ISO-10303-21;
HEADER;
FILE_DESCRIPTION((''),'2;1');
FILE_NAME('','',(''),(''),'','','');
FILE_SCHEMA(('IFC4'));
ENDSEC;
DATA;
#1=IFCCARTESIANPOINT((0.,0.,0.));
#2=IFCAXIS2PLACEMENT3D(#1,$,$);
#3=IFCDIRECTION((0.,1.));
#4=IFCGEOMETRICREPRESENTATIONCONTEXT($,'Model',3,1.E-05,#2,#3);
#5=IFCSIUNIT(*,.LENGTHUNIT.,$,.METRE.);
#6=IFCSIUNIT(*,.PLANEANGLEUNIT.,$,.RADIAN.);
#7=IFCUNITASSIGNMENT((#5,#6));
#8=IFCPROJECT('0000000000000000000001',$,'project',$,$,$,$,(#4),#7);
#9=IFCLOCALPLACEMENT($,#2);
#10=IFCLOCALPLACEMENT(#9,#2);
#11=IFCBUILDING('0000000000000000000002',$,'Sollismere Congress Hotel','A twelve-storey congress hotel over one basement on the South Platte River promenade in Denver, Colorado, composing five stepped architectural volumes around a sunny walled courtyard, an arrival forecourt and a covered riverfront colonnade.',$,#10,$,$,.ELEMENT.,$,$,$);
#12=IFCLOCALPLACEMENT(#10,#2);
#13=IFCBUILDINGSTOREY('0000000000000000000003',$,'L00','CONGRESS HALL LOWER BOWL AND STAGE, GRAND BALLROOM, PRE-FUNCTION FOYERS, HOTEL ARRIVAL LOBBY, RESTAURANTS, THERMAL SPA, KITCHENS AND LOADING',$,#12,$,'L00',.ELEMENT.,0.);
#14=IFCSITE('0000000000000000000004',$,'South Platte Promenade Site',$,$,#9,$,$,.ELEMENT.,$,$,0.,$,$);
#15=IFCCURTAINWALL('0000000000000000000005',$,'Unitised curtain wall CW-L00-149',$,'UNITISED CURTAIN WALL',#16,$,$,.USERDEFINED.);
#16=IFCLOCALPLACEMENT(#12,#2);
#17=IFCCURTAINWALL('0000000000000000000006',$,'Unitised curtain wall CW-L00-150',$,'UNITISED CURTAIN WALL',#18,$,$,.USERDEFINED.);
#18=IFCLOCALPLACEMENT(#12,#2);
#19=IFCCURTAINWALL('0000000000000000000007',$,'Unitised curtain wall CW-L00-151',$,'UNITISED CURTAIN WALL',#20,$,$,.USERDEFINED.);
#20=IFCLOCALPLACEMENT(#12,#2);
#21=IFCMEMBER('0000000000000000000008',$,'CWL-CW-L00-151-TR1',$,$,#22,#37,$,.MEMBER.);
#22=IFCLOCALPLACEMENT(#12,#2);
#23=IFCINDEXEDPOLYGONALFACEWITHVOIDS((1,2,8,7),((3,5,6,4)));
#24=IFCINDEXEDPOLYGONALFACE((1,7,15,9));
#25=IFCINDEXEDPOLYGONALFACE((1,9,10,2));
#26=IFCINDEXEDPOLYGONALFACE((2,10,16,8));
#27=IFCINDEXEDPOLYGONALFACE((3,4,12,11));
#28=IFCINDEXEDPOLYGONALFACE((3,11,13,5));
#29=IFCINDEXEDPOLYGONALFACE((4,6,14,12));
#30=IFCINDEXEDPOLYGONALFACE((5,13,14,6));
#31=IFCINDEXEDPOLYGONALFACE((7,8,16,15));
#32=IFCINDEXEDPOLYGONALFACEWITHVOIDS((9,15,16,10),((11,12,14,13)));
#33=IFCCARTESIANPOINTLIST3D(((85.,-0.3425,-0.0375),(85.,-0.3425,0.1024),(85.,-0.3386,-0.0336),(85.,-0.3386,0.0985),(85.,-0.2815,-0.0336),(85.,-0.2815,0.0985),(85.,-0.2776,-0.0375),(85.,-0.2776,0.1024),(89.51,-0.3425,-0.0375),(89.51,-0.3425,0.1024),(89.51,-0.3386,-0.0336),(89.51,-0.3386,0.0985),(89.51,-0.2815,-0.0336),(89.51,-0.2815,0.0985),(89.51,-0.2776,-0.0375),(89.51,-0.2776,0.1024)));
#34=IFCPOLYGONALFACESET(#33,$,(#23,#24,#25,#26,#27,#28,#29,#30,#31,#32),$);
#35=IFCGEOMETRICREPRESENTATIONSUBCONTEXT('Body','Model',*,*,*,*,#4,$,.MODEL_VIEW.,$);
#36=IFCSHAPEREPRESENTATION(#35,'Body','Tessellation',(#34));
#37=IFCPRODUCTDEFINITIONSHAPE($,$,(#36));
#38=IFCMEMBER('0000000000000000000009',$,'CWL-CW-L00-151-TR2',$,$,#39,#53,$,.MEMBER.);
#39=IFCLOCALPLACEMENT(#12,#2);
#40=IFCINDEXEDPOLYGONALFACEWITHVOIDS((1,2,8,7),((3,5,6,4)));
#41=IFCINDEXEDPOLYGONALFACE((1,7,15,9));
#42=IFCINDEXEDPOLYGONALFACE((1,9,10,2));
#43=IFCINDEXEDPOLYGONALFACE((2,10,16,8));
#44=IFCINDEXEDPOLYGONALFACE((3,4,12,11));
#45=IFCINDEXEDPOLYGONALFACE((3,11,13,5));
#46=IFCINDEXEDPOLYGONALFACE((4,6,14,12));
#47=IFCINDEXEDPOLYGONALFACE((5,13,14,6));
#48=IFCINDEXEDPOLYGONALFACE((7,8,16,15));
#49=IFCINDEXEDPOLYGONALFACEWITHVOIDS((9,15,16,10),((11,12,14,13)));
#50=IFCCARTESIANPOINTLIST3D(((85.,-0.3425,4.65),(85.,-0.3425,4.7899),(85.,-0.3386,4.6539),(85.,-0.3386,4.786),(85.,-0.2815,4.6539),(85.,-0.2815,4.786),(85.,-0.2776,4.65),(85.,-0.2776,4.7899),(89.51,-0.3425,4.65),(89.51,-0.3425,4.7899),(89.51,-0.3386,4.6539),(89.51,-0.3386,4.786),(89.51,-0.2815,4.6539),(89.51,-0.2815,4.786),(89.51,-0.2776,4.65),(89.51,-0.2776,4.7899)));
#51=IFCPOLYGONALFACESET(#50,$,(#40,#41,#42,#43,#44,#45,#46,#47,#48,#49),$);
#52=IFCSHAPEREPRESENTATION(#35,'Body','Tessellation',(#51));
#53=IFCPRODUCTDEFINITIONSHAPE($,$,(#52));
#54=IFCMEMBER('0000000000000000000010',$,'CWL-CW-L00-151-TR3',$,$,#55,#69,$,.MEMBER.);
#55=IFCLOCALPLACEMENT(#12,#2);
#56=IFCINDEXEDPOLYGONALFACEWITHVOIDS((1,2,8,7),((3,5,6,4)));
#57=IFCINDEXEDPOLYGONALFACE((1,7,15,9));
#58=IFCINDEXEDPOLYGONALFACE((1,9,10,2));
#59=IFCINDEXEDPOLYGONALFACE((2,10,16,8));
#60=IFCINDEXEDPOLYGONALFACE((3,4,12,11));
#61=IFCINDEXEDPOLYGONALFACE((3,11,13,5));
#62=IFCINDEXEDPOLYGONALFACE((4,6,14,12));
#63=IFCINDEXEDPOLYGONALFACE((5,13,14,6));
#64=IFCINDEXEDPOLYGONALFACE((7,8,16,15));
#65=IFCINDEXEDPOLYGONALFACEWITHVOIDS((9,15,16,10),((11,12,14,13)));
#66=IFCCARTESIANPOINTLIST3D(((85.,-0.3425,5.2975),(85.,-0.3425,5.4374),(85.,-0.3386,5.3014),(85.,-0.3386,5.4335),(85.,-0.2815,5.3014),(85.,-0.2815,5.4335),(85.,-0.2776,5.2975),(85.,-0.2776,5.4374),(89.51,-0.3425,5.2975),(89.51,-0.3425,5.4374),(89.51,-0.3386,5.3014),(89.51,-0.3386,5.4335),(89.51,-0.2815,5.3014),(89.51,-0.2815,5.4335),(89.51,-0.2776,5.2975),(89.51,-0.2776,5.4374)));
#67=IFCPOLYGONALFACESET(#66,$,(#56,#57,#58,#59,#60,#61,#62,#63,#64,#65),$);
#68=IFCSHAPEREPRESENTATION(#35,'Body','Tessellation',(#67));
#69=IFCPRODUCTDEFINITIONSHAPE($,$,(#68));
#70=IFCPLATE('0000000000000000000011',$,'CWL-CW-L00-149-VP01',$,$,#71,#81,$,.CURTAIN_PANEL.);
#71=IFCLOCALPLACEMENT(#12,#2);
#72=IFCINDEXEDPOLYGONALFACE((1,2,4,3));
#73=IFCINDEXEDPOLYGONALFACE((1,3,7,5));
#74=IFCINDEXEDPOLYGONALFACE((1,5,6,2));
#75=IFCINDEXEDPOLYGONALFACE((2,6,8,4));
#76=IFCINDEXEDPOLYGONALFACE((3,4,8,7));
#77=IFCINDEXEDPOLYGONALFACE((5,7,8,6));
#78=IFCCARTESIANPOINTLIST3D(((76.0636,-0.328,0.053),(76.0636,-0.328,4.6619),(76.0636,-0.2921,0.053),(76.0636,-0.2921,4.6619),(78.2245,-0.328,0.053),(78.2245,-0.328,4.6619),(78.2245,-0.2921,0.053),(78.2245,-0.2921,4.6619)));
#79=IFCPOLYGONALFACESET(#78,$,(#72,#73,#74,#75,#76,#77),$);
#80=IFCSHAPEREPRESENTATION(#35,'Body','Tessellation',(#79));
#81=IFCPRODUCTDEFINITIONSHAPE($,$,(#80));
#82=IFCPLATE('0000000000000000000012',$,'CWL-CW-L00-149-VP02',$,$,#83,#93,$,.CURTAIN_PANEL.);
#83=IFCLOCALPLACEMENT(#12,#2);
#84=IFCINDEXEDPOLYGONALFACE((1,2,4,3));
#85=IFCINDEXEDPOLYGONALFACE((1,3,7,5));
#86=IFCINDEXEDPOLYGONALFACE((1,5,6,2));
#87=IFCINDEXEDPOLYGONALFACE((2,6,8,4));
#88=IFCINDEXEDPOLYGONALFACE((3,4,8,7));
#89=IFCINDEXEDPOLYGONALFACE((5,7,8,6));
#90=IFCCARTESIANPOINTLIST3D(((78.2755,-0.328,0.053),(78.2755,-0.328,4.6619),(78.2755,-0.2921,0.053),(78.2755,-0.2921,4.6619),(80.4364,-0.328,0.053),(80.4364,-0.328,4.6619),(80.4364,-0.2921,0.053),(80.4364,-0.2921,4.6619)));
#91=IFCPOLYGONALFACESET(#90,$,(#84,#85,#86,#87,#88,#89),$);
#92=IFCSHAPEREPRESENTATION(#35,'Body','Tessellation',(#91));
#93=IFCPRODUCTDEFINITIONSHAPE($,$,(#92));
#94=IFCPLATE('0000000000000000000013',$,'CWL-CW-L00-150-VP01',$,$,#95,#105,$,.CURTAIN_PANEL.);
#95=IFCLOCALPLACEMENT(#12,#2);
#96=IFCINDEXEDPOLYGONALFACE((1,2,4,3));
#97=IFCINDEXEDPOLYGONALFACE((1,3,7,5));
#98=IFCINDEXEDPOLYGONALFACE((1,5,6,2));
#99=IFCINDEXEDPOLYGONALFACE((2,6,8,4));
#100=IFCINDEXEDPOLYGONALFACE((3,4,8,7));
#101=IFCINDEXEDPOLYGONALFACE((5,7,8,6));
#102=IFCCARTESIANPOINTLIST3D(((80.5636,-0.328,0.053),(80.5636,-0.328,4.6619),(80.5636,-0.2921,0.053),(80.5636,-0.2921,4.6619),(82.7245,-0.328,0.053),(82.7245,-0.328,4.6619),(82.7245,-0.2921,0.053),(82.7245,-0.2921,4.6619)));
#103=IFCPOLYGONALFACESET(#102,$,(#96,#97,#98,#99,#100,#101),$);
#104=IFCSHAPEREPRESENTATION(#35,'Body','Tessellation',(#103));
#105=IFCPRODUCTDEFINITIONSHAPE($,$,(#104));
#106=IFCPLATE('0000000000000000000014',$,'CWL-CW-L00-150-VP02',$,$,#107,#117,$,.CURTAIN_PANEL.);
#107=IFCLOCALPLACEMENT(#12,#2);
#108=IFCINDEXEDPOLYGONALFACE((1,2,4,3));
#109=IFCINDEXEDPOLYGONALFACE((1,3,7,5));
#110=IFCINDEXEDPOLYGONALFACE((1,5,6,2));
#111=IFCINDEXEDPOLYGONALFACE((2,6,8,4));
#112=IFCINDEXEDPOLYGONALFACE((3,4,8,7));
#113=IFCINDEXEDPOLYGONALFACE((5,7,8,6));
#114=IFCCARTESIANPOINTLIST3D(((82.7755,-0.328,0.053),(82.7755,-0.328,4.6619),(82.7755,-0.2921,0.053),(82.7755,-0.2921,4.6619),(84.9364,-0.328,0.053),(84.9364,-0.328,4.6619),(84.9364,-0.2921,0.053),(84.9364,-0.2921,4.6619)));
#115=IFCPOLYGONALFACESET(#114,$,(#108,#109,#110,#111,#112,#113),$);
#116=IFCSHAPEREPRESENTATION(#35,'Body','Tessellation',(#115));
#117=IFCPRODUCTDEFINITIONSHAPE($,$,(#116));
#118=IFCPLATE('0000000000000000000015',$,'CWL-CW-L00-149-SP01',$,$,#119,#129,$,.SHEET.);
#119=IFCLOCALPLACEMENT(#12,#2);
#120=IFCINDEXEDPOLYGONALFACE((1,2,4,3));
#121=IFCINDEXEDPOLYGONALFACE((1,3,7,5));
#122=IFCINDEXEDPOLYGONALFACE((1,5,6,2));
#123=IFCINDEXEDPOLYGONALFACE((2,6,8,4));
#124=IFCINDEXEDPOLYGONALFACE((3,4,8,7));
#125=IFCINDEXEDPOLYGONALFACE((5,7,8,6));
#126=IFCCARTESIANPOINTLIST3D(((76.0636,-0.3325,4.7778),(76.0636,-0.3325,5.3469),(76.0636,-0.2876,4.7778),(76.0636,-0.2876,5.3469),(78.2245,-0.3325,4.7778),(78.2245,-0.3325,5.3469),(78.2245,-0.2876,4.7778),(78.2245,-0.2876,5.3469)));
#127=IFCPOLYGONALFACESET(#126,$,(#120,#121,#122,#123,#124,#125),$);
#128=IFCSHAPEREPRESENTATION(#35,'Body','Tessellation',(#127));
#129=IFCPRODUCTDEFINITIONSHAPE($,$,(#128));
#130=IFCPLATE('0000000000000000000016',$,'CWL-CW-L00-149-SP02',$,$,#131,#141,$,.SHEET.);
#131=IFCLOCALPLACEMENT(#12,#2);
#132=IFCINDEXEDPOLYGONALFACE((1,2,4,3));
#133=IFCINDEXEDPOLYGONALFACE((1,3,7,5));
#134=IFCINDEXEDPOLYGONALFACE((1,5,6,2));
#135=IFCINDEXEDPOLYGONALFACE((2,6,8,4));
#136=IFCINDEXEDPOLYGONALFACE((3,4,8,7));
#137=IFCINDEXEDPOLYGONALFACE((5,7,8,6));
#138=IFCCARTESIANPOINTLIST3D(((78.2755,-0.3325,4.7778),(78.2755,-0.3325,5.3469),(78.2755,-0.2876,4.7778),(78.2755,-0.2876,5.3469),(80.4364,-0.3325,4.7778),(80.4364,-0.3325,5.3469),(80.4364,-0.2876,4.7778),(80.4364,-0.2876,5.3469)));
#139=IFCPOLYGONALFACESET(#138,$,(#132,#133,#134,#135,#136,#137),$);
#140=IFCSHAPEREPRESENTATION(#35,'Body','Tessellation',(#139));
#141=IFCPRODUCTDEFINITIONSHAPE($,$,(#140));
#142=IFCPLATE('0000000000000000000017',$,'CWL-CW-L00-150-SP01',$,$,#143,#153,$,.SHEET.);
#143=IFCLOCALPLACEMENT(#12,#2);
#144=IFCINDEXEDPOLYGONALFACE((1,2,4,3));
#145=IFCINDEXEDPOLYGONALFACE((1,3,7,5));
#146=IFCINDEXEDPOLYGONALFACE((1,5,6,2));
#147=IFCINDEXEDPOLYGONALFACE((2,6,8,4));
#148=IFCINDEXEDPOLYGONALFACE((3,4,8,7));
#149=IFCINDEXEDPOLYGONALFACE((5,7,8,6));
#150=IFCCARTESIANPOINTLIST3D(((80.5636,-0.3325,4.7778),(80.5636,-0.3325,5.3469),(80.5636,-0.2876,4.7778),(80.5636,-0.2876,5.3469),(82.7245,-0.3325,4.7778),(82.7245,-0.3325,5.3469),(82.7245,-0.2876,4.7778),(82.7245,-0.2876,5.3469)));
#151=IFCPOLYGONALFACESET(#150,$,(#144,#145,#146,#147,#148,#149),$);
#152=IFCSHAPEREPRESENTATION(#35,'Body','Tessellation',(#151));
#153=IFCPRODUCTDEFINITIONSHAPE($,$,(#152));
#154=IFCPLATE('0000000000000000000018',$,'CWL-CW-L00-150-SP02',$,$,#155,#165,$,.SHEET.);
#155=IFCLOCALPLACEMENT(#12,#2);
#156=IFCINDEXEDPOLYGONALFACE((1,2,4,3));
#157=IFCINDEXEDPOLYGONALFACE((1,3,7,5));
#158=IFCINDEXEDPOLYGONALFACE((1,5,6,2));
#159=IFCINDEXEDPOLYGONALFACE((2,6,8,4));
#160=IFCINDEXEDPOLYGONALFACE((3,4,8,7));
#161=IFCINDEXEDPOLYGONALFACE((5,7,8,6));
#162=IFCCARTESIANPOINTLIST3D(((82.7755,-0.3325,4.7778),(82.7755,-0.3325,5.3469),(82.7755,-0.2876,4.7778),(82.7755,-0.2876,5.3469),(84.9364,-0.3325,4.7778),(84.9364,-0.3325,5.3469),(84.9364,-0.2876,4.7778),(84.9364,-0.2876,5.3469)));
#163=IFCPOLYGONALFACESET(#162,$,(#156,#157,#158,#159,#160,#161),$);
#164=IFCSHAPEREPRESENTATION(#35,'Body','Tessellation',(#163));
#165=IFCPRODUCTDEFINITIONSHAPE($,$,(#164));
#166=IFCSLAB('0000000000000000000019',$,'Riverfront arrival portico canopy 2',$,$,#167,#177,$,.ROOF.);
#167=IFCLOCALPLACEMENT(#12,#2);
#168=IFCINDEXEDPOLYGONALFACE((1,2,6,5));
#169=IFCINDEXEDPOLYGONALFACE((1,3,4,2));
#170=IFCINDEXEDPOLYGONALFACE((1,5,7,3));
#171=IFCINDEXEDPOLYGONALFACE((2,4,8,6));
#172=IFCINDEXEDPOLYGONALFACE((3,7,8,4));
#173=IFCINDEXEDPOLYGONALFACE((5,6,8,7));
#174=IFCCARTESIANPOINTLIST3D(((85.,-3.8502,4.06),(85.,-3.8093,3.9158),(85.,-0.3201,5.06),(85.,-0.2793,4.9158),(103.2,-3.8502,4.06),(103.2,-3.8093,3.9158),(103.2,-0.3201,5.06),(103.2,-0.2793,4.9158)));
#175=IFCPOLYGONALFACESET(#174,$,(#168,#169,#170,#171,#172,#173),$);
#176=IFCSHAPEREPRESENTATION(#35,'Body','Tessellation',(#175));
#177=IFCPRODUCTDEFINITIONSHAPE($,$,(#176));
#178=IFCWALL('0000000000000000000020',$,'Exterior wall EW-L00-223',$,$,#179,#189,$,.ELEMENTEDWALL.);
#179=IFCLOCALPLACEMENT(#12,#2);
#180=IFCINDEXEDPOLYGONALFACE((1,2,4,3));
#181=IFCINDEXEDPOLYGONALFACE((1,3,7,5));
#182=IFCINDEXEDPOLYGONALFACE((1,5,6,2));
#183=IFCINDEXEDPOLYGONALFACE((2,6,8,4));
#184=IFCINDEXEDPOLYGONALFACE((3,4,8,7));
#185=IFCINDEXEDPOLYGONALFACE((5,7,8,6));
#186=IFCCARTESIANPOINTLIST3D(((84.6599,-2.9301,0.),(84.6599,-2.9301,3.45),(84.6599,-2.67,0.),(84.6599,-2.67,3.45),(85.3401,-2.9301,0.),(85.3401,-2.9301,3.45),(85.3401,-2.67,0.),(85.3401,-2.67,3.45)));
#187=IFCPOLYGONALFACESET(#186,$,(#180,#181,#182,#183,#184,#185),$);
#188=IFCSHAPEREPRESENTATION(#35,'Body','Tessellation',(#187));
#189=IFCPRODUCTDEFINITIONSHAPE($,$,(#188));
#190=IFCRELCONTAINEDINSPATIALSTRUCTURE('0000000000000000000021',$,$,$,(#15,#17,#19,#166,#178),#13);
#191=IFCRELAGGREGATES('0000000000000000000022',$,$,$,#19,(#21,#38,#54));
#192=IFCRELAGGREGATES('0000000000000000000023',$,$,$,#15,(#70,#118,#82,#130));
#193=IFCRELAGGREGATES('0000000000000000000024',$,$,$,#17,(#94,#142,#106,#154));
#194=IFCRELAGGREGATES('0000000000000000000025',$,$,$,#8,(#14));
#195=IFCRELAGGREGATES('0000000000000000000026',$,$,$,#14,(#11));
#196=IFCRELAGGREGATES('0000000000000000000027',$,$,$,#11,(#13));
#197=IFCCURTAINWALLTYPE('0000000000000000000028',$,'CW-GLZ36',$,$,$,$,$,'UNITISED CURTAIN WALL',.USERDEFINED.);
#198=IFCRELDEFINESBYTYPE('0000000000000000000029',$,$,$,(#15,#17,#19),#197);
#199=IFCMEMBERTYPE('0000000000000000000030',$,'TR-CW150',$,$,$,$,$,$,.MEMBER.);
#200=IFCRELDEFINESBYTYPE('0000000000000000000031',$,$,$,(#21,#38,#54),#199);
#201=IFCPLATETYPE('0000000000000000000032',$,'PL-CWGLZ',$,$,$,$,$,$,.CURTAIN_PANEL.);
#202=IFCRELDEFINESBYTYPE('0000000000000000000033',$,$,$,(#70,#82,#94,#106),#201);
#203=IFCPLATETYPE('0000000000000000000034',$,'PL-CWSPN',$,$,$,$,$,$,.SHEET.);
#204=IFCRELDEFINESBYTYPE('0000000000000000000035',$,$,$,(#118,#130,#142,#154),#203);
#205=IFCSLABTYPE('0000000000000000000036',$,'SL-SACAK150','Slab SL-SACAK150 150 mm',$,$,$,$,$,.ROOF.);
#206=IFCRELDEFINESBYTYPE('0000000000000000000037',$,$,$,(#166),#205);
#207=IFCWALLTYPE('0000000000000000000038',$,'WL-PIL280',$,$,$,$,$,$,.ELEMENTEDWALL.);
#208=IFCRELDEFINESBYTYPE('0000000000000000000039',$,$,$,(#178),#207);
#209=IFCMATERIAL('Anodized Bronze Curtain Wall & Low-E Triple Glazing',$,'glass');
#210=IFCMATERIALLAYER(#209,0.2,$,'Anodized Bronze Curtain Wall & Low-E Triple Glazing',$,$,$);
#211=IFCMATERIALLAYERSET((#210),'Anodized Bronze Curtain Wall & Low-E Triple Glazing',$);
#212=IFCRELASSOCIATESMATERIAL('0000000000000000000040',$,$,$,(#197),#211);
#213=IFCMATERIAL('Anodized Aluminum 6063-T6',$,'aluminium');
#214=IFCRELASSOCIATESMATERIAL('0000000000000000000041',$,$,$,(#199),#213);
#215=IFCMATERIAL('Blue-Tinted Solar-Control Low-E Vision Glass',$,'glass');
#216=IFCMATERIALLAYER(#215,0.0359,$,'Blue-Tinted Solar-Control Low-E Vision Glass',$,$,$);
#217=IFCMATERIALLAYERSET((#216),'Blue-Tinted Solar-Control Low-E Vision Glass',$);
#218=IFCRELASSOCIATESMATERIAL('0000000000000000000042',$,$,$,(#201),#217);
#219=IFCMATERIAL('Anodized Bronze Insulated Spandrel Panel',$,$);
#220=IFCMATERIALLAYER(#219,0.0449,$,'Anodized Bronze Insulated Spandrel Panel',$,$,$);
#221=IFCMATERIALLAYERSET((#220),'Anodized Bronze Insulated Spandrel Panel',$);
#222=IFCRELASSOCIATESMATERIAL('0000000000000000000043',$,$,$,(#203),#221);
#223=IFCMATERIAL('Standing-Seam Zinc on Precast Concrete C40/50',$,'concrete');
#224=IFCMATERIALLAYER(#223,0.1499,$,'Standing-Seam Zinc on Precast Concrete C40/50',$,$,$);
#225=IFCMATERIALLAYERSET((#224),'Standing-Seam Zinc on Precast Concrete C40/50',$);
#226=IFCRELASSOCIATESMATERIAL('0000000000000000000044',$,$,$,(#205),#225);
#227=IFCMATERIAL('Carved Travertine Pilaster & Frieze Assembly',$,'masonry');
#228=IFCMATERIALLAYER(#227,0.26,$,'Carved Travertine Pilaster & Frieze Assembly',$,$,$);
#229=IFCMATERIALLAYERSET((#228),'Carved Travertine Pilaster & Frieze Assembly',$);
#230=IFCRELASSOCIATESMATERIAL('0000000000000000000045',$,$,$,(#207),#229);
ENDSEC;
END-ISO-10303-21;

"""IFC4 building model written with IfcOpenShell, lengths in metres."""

from ifc_helpers import new_model, si_unit, direction, frame, frame_2d, origin, origin_2d, place, context, subcontext, project, spatial, polyline, rectangle, hollow_rectangle, outline, extrude, material, layer, layer_set, material_profile, profile_set, type_object, element, aggregate, save


model = new_model("IFC4")

# Units and contexts
model_context = context("Model", 3, precision=1e-05, world=origin(), true_north=direction((0.0, 1.0)))
body_context = subcontext(model_context, "Body", "Model", "MODEL_VIEW")
ifc_project = project(units=[si_unit("LENGTHUNIT", "METRE"), si_unit("PLANEANGLEUNIT", "RADIAN")], contexts=[model_context])

# Site, building, storey
site_placement = place(None, origin())
site = spatial("IfcSite", under=ifc_project, at=site_placement, Name="South Platte Promenade Site", CompositionType="ELEMENT", RefElevation=0.0)
building_placement = place(site_placement, origin())
building = spatial("IfcBuilding", under=site, at=building_placement, Name="Sollismere Congress Hotel", Description="A twelve-storey congress hotel over one basement on the South Platte River promenade in Denver, Colorado, composing five stepped architectural volumes around a sunny walled courtyard, an arrival forecourt and a covered riverfront colonnade.", CompositionType="ELEMENT")
storey_placement = place(building_placement, origin())
storey = spatial("IfcBuildingStorey", under=building, at=storey_placement, Name="L00", Description="CONGRESS HALL LOWER BOWL AND STAGE, GRAND BALLROOM, PRE-FUNCTION FOYERS, HOTEL ARRIVAL LOBBY, RESTAURANTS, THERMAL SPA, KITCHENS AND LOADING", LongName="L00", CompositionType="ELEMENT", Elevation=0.0)

# Curtain walls, members
ifc_material_1 = material(Name="Anodized Bronze Curtain Wall & Low-E Triple Glazing", Category="glass")
ifc_layer_1 = layer(ifc_material_1, 0.2, Name="Anodized Bronze Curtain Wall & Low-E Triple Glazing")
ifc_layer_set_1 = layer_set([ifc_layer_1], Name="Anodized Bronze Curtain Wall & Low-E Triple Glazing")
curtain_wall_type = type_object("IfcCurtainWallType", Name="CW-GLZ36", ElementType="UNITISED CURTAIN WALL", PredefinedType="USERDEFINED", material=ifc_layer_set_1)
curtain_wall_1_placement = place(storey_placement, origin())
curtain_wall_1 = element("IfcCurtainWall", 1, at=curtain_wall_1_placement, inside=storey, type_object=curtain_wall_type, Name="Unitised curtain wall CW-L00-149", ObjectType="UNITISED CURTAIN WALL", PredefinedType="USERDEFINED")
ifc_material_2 = material(Name="Anodized Aluminum 6063-T6", Category="aluminium")
curtain_wall_2_placement = place(storey_placement, origin())
curtain_wall_2 = element("IfcCurtainWall", 2, at=curtain_wall_2_placement, inside=storey, type_object=curtain_wall_type, Name="Unitised curtain wall CW-L00-150", ObjectType="UNITISED CURTAIN WALL", PredefinedType="USERDEFINED")
ifc_material_profile_1 = material_profile(ifc_material_2, hollow_rectangle(XDim=0.0649, YDim=0.1399, WallThickness=0.0039, at=origin_2d()), Name="ALU140X65X4")
ifc_profile_set_1 = profile_set([ifc_material_profile_1], Name="Anodized Aluminum 6063-T6")
member_type_1 = type_object("IfcMemberType", Name="TR-CW150", PredefinedType="MEMBER", material=ifc_profile_set_1)
curtain_wall_3_placement = place(storey_placement, origin())
curtain_wall_3 = element("IfcCurtainWall", 3, at=curtain_wall_3_placement, inside=storey, type_object=curtain_wall_type, Name="Unitised curtain wall CW-L00-151", ObjectType="UNITISED CURTAIN WALL", PredefinedType="USERDEFINED")
member_1_placement = place(storey_placement, frame((85.0, -0.3101, 0.0325), z_axis=(1.0, 0.0, 0.0), x_axis=(0.0, 1.0, 0.0)))
member_1 = element("IfcMember", 4, at=member_1_placement, type_object=member_type_1, Name="CWL-CW-L00-151-TR1", PredefinedType="MEMBER", context=body_context, shape_type="SweptSolid", body=[
    extrude(hollow_rectangle(XDim=0.0649, YDim=0.1399, WallThickness=0.0039, at=origin_2d()), origin(), (0.0, 0.0, 1.0), 4.51),
])
member_2_placement = place(storey_placement, frame((85.0, -0.3101, 4.72), z_axis=(1.0, 0.0, 0.0), x_axis=(0.0, 1.0, 0.0)))
member_2 = element("IfcMember", 5, at=member_2_placement, type_object=member_type_1, Name="CWL-CW-L00-151-TR2", PredefinedType="MEMBER", context=body_context, shape_type="SweptSolid", body=[
    extrude(hollow_rectangle(XDim=0.0649, YDim=0.1399, WallThickness=0.0039, at=origin_2d()), origin(), (0.0, 0.0, 1.0), 4.51),
])
member_3_placement = place(storey_placement, frame((85.0, -0.3101, 5.3674), z_axis=(1.0, 0.0, 0.0), x_axis=(0.0, 1.0, 0.0)))
member_3 = element("IfcMember", 6, at=member_3_placement, type_object=member_type_1, Name="CWL-CW-L00-151-TR3", PredefinedType="MEMBER", context=body_context, shape_type="SweptSolid", body=[
    extrude(hollow_rectangle(XDim=0.0649, YDim=0.1399, WallThickness=0.0039, at=origin_2d()), origin(), (0.0, 0.0, 1.0), 4.51),
])
aggregate(curtain_wall_3, [member_1, member_2, member_3])

# Plates
ifc_material_3 = material(Name="Blue-Tinted Solar-Control Low-E Vision Glass", Category="glass")
ifc_layer_2 = layer(ifc_material_3, 0.0359, Name="Blue-Tinted Solar-Control Low-E Vision Glass")
ifc_layer_set_2 = layer_set([ifc_layer_2], Name="Blue-Tinted Solar-Control Low-E Vision Glass")
plate_type_1 = type_object("IfcPlateType", Name="PL-CWGLZ", PredefinedType="CURTAIN_PANEL", material=ifc_layer_set_2)
plate_1_placement = place(storey_placement, frame((77.144, -0.3101, 0.053), z_axis=(0.0, 0.0, 1.0), x_axis=(1.0, 0.0, 0.0)))
plate_1 = element("IfcPlate", 7, at=plate_1_placement, type_object=plate_type_1, Name="CWL-CW-L00-149-VP01", PredefinedType="CURTAIN_PANEL", context=body_context, shape_type="SweptSolid", body=[
    extrude(rectangle(XDim=2.1609, YDim=0.0359, at=origin_2d()), origin(), (0.0, 0.0, 1.0), 4.6089),
])
plate_2_placement = place(storey_placement, frame((79.356, -0.3101, 0.053), z_axis=(0.0, 0.0, 1.0), x_axis=(1.0, 0.0, 0.0)))
plate_2 = element("IfcPlate", 8, at=plate_2_placement, type_object=plate_type_1, Name="CWL-CW-L00-149-VP02", PredefinedType="CURTAIN_PANEL", context=body_context, shape_type="SweptSolid", body=[
    extrude(rectangle(XDim=2.1609, YDim=0.0359, at=origin_2d()), origin(), (0.0, 0.0, 1.0), 4.6089),
])
plate_3_placement = place(storey_placement, frame((81.644, -0.3101, 0.053), z_axis=(0.0, 0.0, 1.0), x_axis=(1.0, 0.0, 0.0)))
plate_3 = element("IfcPlate", 9, at=plate_3_placement, type_object=plate_type_1, Name="CWL-CW-L00-150-VP01", PredefinedType="CURTAIN_PANEL", context=body_context, shape_type="SweptSolid", body=[
    extrude(rectangle(XDim=2.1609, YDim=0.0359, at=origin_2d()), origin(), (0.0, 0.0, 1.0), 4.6089),
])
plate_4_placement = place(storey_placement, frame((83.856, -0.3101, 0.053), z_axis=(0.0, 0.0, 1.0), x_axis=(1.0, 0.0, 0.0)))
plate_4 = element("IfcPlate", 10, at=plate_4_placement, type_object=plate_type_1, Name="CWL-CW-L00-150-VP02", PredefinedType="CURTAIN_PANEL", context=body_context, shape_type="SweptSolid", body=[
    extrude(rectangle(XDim=2.1609, YDim=0.0359, at=origin_2d()), origin(), (0.0, 0.0, 1.0), 4.6089),
])
ifc_material_4 = material(Name="Anodized Bronze Insulated Spandrel Panel")
ifc_layer_3 = layer(ifc_material_4, 0.0449, Name="Anodized Bronze Insulated Spandrel Panel")
ifc_layer_set_3 = layer_set([ifc_layer_3], Name="Anodized Bronze Insulated Spandrel Panel")
plate_type_2 = type_object("IfcPlateType", Name="PL-CWSPN", PredefinedType="SHEET", material=ifc_layer_set_3)
plate_5_placement = place(storey_placement, frame((77.144, -0.3101, 4.7778), z_axis=(0.0, 0.0, 1.0), x_axis=(1.0, 0.0, 0.0)))
plate_5 = element("IfcPlate", 11, at=plate_5_placement, type_object=plate_type_2, Name="CWL-CW-L00-149-SP01", PredefinedType="SHEET", context=body_context, shape_type="SweptSolid", body=[
    extrude(rectangle(XDim=2.1609, YDim=0.0449, at=origin_2d()), origin(), (0.0, 0.0, 1.0), 0.5691),
])
plate_6_placement = place(storey_placement, frame((79.356, -0.3101, 4.7778), z_axis=(0.0, 0.0, 1.0), x_axis=(1.0, 0.0, 0.0)))
plate_6 = element("IfcPlate", 12, at=plate_6_placement, type_object=plate_type_2, Name="CWL-CW-L00-149-SP02", PredefinedType="SHEET", context=body_context, shape_type="SweptSolid", body=[
    extrude(rectangle(XDim=2.1609, YDim=0.0449, at=origin_2d()), origin(), (0.0, 0.0, 1.0), 0.5691),
])
aggregate(curtain_wall_1, [plate_1, plate_5, plate_2, plate_6])
plate_7_placement = place(storey_placement, frame((81.644, -0.3101, 4.7778), z_axis=(0.0, 0.0, 1.0), x_axis=(1.0, 0.0, 0.0)))
plate_7 = element("IfcPlate", 13, at=plate_7_placement, type_object=plate_type_2, Name="CWL-CW-L00-150-SP01", PredefinedType="SHEET", context=body_context, shape_type="SweptSolid", body=[
    extrude(rectangle(XDim=2.1609, YDim=0.0449, at=origin_2d()), origin(), (0.0, 0.0, 1.0), 0.5691),
])
plate_8_placement = place(storey_placement, frame((83.856, -0.3101, 4.7778), z_axis=(0.0, 0.0, 1.0), x_axis=(1.0, 0.0, 0.0)))
plate_8 = element("IfcPlate", 14, at=plate_8_placement, type_object=plate_type_2, Name="CWL-CW-L00-150-SP02", PredefinedType="SHEET", context=body_context, shape_type="SweptSolid", body=[
    extrude(rectangle(XDim=2.1609, YDim=0.0449, at=origin_2d()), origin(), (0.0, 0.0, 1.0), 0.5691),
])
aggregate(curtain_wall_2, [plate_3, plate_7, plate_4, plate_8])

# Slab
ifc_material_5 = material(Name="Standing-Seam Zinc on Precast Concrete C40/50", Category="concrete")
ifc_layer_4 = layer(ifc_material_5, 0.1499, Name="Standing-Seam Zinc on Precast Concrete C40/50")
ifc_layer_set_4 = layer_set([ifc_layer_4], Name="Standing-Seam Zinc on Precast Concrete C40/50")
slab_type = type_object("IfcSlabType", Name="SL-SACAK150", Description="Slab SL-SACAK150 150 mm", PredefinedType="ROOF", material=ifc_layer_set_4)
slab_placement = place(storey_placement, frame((85.0, -3.8093, 3.9158), z_axis=(0.0, -0.272558, 0.962139), x_axis=(1.0, 0.0, 0.0)))
element("IfcSlab", 15, at=slab_placement, inside=storey, type_object=slab_type, Name="Riverfront arrival portico canopy 2", PredefinedType="ROOF", context=body_context, shape_type="SweptSolid", body=[
    extrude(outline(polyline([(0.0, 0.0), (18.2, 0.0), (18.2, 3.6689), (0.0, 3.6689), (0.0, 0.0)])), origin(), (0.0, 0.0, 1.0), 0.1499),
])

# Wall
ifc_material_6 = material(Name="Carved Travertine Pilaster & Frieze Assembly", Category="masonry")
ifc_layer_5 = layer(ifc_material_6, 0.26, Name="Carved Travertine Pilaster & Frieze Assembly")
ifc_layer_set_5 = layer_set([ifc_layer_5], Name="Carved Travertine Pilaster & Frieze Assembly")
wall_type = type_object("IfcWallType", Name="WL-PIL280", PredefinedType="ELEMENTEDWALL", material=ifc_layer_set_5)
wall_placement = place(storey_placement, frame((84.6599, -2.8, 0.0), z_axis=(0.0, 0.0, 1.0), x_axis=(1.0, 0.0, 0.0)))
element("IfcWall", 16, at=wall_placement, inside=storey, type_object=wall_type, Name="Exterior wall EW-L00-223", PredefinedType="ELEMENTEDWALL", context=body_context, shape_type="SweptSolid", body=[
    extrude(rectangle(XDim=0.6802, YDim=0.26, at=frame_2d((0.3401, 0.0))), origin(), (0.0, 0.0, 1.0), 3.45),
])

save(model, "model.ifc")
